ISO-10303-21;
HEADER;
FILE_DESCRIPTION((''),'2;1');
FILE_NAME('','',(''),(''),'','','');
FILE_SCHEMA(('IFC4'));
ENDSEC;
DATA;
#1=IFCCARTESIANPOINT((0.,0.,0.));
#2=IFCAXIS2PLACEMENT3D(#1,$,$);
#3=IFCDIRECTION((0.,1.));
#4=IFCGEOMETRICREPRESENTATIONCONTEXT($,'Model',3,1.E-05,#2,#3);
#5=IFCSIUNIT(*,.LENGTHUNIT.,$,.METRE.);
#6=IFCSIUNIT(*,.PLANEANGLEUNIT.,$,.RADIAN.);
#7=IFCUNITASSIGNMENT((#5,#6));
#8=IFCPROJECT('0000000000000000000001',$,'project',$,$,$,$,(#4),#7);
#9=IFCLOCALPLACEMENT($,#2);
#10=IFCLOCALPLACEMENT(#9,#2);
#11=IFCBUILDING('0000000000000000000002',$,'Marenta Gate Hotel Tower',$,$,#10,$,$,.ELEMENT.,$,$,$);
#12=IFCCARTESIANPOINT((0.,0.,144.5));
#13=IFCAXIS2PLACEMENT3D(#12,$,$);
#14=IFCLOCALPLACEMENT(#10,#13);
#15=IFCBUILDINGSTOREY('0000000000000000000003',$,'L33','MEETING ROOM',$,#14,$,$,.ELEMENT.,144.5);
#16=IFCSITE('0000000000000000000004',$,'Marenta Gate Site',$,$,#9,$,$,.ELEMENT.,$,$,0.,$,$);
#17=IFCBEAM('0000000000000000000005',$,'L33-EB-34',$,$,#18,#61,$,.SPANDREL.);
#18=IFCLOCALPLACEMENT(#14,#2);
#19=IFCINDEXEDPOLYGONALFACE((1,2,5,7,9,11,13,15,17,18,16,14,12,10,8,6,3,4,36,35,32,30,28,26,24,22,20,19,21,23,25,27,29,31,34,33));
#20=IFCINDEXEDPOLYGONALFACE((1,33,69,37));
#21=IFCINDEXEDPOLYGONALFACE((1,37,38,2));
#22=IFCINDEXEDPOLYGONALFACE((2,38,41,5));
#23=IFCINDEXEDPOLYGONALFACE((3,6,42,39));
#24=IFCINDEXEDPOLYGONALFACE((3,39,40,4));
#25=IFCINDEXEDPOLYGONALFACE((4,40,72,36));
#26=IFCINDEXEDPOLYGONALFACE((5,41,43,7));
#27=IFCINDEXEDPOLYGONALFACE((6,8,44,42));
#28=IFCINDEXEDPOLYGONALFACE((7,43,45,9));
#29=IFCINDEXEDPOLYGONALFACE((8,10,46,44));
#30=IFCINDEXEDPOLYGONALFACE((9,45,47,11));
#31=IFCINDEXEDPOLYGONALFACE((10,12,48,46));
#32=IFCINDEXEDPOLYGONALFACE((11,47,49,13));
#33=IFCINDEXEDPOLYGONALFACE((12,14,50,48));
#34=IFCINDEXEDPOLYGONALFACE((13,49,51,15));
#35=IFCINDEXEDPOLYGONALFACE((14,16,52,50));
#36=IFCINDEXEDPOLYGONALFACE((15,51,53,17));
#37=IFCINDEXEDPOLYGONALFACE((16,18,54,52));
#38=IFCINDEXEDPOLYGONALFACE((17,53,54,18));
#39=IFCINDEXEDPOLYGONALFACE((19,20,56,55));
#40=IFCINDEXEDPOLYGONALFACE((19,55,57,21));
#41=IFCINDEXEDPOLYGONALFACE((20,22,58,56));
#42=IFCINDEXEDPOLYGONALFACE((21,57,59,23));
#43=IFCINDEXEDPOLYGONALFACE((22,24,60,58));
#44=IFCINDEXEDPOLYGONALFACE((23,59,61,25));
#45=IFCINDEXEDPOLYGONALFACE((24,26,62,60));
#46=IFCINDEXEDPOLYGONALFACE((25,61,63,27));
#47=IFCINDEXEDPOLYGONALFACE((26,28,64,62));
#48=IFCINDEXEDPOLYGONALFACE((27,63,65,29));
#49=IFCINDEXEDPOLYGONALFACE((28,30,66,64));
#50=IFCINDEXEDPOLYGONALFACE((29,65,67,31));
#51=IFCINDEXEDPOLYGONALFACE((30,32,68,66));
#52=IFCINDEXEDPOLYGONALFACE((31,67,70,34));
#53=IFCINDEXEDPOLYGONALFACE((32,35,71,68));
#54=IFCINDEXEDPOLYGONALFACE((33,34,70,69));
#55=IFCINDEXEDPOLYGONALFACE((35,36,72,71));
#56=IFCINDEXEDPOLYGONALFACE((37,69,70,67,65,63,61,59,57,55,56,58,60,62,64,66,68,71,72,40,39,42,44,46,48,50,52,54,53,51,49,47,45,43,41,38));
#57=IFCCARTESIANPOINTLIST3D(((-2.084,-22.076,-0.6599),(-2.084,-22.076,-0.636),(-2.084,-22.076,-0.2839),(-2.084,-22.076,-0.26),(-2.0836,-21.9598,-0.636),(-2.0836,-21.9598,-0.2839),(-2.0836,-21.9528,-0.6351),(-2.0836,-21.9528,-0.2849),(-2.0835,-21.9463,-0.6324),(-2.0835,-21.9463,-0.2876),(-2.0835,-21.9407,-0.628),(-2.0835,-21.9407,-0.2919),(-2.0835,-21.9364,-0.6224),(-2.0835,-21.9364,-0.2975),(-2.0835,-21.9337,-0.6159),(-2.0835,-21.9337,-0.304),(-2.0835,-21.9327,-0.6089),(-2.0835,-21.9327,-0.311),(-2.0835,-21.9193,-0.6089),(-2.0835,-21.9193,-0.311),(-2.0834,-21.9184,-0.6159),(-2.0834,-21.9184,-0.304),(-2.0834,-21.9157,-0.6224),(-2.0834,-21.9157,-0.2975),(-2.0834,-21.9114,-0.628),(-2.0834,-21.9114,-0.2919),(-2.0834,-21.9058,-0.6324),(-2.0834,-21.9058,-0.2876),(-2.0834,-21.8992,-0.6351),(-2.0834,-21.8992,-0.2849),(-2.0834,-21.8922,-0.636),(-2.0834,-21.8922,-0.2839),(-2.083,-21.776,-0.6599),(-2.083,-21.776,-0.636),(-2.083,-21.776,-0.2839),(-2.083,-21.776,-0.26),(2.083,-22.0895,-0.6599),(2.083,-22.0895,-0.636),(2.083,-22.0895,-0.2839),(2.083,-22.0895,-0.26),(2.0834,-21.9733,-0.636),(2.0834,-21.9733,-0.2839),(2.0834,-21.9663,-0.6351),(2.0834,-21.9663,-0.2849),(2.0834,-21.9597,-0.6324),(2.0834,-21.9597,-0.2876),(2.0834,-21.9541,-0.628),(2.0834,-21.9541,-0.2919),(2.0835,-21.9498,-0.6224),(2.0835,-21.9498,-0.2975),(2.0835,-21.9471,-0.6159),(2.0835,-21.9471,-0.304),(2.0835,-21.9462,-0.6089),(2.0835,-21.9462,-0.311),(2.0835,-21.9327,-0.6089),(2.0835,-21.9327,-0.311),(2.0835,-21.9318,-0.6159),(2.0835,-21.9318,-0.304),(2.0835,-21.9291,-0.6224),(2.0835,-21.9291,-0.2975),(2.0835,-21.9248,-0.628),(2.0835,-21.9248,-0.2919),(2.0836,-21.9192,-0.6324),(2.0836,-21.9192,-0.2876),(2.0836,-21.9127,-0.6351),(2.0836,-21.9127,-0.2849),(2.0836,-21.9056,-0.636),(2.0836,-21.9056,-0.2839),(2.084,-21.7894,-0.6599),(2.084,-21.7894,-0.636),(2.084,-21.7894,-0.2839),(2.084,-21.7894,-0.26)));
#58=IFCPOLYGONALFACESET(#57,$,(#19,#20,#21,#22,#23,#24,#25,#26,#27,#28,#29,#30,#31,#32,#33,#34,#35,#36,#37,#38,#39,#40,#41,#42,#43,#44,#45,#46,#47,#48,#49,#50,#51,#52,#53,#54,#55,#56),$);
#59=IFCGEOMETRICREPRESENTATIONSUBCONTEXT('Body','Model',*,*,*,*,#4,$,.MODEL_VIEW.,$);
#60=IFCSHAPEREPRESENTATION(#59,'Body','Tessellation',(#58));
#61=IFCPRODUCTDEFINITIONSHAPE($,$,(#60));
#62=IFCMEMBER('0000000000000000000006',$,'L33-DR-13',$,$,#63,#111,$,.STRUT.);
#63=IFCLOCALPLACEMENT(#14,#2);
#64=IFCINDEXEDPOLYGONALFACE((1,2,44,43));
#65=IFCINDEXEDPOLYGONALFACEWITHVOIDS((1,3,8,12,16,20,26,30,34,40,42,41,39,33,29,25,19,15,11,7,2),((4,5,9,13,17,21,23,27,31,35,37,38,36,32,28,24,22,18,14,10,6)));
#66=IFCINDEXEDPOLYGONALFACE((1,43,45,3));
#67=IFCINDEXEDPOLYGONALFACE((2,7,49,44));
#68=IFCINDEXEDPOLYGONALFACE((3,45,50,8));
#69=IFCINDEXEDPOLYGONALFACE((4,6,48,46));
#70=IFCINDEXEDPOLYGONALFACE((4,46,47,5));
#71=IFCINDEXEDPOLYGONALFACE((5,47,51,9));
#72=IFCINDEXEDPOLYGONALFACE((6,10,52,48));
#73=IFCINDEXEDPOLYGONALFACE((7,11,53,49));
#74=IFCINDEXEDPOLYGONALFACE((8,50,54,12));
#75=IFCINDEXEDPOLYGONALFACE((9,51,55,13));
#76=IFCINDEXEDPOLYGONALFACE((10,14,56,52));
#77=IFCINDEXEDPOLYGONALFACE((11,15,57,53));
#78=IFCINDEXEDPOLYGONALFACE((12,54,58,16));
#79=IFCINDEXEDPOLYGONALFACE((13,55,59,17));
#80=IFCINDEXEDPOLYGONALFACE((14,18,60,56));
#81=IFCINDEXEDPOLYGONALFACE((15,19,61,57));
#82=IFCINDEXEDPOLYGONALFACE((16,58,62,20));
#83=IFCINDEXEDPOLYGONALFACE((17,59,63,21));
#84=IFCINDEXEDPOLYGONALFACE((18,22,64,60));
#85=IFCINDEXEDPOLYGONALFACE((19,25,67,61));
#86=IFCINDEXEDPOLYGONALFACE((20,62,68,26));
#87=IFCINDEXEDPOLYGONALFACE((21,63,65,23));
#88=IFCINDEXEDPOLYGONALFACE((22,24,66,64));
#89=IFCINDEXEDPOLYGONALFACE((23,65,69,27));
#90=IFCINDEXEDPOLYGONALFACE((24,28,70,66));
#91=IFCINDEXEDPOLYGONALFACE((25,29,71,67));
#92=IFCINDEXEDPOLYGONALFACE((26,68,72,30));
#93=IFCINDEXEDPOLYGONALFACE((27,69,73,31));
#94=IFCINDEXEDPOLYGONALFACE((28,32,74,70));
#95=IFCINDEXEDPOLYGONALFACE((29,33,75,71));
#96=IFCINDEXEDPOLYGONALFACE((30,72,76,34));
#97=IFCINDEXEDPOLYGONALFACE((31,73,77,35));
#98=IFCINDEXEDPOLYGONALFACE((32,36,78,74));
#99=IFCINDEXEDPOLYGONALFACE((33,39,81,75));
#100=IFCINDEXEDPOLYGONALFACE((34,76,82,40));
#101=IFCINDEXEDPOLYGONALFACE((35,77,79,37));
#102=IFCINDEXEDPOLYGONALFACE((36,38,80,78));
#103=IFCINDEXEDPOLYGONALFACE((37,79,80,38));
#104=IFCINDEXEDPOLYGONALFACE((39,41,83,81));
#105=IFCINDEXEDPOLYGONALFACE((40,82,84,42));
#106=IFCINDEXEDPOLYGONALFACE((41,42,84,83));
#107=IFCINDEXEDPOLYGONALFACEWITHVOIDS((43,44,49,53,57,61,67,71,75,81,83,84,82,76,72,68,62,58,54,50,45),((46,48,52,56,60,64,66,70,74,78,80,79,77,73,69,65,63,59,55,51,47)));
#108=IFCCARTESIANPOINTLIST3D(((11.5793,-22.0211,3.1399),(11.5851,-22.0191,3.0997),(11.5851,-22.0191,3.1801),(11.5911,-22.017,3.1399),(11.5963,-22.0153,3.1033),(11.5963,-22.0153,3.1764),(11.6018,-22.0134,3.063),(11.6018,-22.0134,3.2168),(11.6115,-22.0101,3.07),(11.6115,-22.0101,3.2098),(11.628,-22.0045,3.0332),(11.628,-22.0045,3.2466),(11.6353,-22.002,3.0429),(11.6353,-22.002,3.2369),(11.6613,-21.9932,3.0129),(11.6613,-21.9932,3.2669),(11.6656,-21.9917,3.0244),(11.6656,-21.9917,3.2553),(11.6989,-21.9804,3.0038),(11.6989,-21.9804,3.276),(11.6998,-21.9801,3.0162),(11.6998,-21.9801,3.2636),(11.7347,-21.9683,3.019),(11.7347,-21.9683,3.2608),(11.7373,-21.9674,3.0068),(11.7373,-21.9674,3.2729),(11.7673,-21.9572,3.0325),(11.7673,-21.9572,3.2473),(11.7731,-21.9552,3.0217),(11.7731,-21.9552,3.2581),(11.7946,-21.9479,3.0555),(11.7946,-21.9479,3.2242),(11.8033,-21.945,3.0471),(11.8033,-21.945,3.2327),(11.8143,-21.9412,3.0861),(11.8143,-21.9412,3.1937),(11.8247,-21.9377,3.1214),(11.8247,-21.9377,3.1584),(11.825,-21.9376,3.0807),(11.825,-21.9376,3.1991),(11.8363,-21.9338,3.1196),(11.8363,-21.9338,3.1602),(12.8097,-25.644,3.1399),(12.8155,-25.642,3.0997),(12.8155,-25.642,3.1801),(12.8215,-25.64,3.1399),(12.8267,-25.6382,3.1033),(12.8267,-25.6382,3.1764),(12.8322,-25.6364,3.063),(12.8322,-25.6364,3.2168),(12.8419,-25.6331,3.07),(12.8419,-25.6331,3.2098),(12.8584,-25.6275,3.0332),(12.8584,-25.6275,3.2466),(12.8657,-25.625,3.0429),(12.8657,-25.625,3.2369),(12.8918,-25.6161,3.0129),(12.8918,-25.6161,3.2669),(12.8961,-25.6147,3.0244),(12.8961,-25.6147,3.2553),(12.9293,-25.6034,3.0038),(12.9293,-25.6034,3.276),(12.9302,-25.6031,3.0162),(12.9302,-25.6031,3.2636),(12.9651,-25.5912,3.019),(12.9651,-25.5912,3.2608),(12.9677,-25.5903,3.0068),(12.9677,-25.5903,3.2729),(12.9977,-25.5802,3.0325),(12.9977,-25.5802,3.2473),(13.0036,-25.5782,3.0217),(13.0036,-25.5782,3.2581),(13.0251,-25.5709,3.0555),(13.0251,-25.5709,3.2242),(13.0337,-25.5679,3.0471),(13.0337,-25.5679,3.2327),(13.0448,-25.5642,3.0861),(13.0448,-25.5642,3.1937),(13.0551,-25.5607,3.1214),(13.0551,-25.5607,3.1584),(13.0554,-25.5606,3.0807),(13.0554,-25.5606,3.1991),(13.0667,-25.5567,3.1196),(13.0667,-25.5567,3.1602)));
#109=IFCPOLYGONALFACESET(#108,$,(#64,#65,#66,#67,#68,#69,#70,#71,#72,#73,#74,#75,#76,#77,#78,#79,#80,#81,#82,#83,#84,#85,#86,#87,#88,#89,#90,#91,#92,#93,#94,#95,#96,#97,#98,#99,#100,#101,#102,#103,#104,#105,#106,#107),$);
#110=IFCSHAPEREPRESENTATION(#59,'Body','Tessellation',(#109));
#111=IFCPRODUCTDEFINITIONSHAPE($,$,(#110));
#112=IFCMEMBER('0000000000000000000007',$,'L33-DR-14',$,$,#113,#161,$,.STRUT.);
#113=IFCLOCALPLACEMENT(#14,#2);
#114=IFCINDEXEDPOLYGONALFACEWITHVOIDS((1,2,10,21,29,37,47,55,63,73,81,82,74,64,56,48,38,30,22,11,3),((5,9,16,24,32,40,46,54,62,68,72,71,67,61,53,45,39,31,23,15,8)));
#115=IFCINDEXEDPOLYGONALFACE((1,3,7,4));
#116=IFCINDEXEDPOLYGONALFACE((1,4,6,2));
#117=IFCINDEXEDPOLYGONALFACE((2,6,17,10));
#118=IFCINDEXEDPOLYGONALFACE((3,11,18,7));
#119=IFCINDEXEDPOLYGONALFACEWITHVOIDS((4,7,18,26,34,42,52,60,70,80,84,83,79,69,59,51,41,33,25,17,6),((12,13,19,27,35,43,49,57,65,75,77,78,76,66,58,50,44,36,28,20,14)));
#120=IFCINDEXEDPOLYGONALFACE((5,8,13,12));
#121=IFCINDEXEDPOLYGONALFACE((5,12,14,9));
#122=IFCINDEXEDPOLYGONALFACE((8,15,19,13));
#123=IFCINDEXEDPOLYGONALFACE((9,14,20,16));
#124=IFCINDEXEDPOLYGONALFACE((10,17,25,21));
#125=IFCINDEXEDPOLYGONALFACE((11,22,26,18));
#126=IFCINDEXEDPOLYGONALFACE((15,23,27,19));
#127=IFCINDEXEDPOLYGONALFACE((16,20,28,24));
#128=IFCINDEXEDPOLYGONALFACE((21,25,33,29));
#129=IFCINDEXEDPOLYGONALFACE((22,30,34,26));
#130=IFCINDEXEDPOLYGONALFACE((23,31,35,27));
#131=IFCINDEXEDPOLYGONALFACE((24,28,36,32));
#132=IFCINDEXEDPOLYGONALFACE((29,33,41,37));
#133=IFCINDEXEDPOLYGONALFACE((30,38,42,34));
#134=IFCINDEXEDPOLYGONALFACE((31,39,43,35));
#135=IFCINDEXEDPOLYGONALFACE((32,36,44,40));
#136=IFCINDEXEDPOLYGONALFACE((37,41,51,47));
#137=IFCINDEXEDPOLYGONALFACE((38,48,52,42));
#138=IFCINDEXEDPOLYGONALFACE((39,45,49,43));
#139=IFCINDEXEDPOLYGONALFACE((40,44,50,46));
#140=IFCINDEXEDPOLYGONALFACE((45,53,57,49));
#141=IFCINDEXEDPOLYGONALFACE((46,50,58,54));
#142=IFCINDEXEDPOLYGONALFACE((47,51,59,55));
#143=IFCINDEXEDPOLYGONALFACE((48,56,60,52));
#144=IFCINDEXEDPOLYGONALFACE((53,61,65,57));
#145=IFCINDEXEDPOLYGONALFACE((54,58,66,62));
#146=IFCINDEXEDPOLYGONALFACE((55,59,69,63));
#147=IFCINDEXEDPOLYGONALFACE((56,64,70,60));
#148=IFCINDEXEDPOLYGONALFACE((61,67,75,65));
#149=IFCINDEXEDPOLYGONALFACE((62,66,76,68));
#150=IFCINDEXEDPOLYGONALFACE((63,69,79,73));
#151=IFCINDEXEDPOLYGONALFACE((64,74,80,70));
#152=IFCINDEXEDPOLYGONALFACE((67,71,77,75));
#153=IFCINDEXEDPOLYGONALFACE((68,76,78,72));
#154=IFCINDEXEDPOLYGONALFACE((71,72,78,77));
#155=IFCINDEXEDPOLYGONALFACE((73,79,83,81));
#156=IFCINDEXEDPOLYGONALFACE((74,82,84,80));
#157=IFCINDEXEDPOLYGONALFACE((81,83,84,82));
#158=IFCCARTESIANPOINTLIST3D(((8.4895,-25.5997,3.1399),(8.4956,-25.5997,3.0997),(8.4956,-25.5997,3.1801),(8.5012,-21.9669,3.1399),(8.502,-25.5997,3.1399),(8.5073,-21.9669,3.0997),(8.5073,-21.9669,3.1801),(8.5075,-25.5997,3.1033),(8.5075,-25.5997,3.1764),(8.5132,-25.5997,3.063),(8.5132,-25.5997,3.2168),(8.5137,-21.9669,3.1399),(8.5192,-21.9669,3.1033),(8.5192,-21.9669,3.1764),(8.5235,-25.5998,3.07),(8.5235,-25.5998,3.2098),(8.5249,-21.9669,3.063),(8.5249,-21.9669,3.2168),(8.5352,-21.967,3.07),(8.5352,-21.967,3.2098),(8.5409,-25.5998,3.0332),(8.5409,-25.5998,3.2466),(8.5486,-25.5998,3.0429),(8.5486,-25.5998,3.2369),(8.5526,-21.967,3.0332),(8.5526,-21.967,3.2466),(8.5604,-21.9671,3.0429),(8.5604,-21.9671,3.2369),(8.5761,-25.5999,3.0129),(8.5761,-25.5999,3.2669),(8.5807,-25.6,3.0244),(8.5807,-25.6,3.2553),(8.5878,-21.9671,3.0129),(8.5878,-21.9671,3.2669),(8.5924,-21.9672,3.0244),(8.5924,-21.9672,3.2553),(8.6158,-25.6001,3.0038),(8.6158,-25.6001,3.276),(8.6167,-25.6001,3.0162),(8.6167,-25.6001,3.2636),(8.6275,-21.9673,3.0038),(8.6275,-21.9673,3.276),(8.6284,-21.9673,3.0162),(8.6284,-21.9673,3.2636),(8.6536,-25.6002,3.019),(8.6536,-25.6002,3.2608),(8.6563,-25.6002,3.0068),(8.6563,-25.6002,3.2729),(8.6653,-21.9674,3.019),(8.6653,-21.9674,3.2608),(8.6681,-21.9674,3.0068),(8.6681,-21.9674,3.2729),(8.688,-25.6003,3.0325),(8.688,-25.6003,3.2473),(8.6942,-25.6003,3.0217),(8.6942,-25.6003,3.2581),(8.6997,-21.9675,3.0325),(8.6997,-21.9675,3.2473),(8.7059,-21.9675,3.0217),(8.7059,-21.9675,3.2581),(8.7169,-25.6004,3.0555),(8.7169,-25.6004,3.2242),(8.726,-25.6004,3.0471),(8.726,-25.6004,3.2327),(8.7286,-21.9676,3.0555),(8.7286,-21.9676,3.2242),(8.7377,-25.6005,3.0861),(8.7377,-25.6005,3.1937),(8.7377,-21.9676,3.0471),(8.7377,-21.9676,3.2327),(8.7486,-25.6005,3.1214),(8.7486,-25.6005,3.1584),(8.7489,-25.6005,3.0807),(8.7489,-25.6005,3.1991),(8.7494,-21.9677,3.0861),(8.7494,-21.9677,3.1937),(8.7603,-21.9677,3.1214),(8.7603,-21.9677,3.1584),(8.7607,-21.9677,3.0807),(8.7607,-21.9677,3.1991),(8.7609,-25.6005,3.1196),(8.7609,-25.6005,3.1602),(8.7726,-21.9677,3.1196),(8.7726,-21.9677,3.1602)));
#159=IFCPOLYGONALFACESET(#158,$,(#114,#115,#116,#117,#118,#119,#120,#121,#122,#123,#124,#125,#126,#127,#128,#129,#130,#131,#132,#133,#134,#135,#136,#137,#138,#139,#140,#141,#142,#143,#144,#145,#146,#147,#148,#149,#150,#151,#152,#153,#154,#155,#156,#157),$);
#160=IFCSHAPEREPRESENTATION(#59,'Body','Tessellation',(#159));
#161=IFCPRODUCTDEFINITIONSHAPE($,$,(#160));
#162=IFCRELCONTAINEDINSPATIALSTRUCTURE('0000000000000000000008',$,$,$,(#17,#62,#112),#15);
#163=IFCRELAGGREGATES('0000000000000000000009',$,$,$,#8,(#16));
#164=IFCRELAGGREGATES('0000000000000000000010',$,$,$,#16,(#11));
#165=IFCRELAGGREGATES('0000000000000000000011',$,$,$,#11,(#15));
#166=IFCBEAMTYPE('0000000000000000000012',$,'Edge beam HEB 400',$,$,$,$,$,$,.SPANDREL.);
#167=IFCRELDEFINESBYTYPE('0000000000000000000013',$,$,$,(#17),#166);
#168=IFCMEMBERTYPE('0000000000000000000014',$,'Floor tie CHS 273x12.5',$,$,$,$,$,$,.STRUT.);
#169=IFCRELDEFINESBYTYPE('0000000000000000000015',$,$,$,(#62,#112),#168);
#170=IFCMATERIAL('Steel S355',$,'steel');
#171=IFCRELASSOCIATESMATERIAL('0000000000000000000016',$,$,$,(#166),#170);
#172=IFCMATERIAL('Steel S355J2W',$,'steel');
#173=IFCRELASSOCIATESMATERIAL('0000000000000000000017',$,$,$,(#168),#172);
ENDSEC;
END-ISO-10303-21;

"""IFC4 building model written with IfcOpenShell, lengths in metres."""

from ifc_helpers import new_model, si_unit, direction, frame, origin, origin_2d, place, context, subcontext, project, spatial, hollow_circle, i_section, extrude, material, material_profile, profile_set, type_object, element, save


model = new_model("IFC4")

# Units and contexts
model_context = context("Model", 3, precision=1e-05, world=origin(), true_north=direction((0.0, 1.0)))
body_context = subcontext(model_context, "Body", "Model", "MODEL_VIEW")
ifc_project = project(units=[si_unit("LENGTHUNIT", "METRE"), si_unit("PLANEANGLEUNIT", "RADIAN")], contexts=[model_context])

# Site, building, storey
site_placement = place(None, origin())
site = spatial("IfcSite", under=ifc_project, at=site_placement, Name="Marenta Gate Site", CompositionType="ELEMENT", RefElevation=0.0)
building_placement = place(site_placement, origin())
building = spatial("IfcBuilding", under=site, at=building_placement, Name="Marenta Gate Hotel Tower", CompositionType="ELEMENT")
storey_placement = place(building_placement, frame((0.0, 0.0, 144.5)))
storey = spatial("IfcBuildingStorey", under=building, at=storey_placement, Name="L33", Description="MEETING ROOM", CompositionType="ELEMENT", Elevation=144.5)

# Beam
ifc_material_1 = material(Name="Steel S355", Category="steel")
ifc_material_profile_1 = material_profile(ifc_material_1, i_section(OverallWidth=0.3, OverallDepth=0.3999, WebThickness=0.0134, FlangeThickness=0.0239, FilletRadius=0.0271, at=origin_2d()), Name="HEB 400")
ifc_profile_set_1 = profile_set([ifc_material_profile_1], Name="Steel S355")
beam_type_1 = type_object("IfcBeamType", Name="Edge beam HEB 400", PredefinedType="SPANDREL", material=ifc_profile_set_1)
beam_1_placement = place(storey_placement, frame((2.0835, -21.9395, -0.46), z_axis=(-0.999995, 0.003222, 0.0), x_axis=(-0.003222, -0.999995, 0.0)))
element("IfcBeam", 1, at=beam_1_placement, inside=storey, type_object=beam_type_1, Name="L33-EB-34", PredefinedType="SPANDREL", context=body_context, shape_type="SweptSolid", body=[
    extrude(i_section(OverallWidth=0.3, OverallDepth=0.3999, WebThickness=0.0134, FlangeThickness=0.0239, FilletRadius=0.0271, at=origin_2d()), origin(), (0.0, 0.0, 1.0), 4.167),
])

# Members
ifc_material_2 = material(Name="Steel S355J2W", Category="steel")
ifc_material_profile_2 = material_profile(ifc_material_2, hollow_circle(Radius=0.1365, WallThickness=0.0125, at=origin_2d()), Name="CHS 273x12.5")
ifc_profile_set_2 = profile_set([ifc_material_profile_2], Name="Steel S355J2W")
member_type_1 = type_object("IfcMemberType", Name="Floor tie CHS 273x12.5", PredefinedType="STRUT", material=ifc_profile_set_2)
member_1_placement = place(storey_placement, frame((12.939, -25.6001, 3.1399), z_axis=(-0.321582, 0.946882, 0.0), x_axis=(-0.946882, -0.321582, 0.0)))
element("IfcMember", 2, at=member_1_placement, inside=storey, type_object=member_type_1, Name="L33-DR-13", PredefinedType="STRUT", context=body_context, shape_type="SweptSolid", body=[
    extrude(hollow_circle(Radius=0.1365, WallThickness=0.0125, at=origin_2d()), origin(), (0.0, 0.0, 1.0), 3.8262),
])
member_2_placement = place(storey_placement, frame((8.626, -25.6001, 3.1399), z_axis=(0.003226, 0.999995, 0.0), x_axis=(-0.999995, 0.003226, 0.0)))
element("IfcMember", 3, at=member_2_placement, inside=storey, type_object=member_type_1, Name="L33-DR-14", PredefinedType="STRUT", context=body_context, shape_type="SweptSolid", body=[
    extrude(hollow_circle(Radius=0.1365, WallThickness=0.0125, at=origin_2d()), origin(), (0.0, 0.0, 1.0), 3.6328),
])

save(model, "model.ifc")
